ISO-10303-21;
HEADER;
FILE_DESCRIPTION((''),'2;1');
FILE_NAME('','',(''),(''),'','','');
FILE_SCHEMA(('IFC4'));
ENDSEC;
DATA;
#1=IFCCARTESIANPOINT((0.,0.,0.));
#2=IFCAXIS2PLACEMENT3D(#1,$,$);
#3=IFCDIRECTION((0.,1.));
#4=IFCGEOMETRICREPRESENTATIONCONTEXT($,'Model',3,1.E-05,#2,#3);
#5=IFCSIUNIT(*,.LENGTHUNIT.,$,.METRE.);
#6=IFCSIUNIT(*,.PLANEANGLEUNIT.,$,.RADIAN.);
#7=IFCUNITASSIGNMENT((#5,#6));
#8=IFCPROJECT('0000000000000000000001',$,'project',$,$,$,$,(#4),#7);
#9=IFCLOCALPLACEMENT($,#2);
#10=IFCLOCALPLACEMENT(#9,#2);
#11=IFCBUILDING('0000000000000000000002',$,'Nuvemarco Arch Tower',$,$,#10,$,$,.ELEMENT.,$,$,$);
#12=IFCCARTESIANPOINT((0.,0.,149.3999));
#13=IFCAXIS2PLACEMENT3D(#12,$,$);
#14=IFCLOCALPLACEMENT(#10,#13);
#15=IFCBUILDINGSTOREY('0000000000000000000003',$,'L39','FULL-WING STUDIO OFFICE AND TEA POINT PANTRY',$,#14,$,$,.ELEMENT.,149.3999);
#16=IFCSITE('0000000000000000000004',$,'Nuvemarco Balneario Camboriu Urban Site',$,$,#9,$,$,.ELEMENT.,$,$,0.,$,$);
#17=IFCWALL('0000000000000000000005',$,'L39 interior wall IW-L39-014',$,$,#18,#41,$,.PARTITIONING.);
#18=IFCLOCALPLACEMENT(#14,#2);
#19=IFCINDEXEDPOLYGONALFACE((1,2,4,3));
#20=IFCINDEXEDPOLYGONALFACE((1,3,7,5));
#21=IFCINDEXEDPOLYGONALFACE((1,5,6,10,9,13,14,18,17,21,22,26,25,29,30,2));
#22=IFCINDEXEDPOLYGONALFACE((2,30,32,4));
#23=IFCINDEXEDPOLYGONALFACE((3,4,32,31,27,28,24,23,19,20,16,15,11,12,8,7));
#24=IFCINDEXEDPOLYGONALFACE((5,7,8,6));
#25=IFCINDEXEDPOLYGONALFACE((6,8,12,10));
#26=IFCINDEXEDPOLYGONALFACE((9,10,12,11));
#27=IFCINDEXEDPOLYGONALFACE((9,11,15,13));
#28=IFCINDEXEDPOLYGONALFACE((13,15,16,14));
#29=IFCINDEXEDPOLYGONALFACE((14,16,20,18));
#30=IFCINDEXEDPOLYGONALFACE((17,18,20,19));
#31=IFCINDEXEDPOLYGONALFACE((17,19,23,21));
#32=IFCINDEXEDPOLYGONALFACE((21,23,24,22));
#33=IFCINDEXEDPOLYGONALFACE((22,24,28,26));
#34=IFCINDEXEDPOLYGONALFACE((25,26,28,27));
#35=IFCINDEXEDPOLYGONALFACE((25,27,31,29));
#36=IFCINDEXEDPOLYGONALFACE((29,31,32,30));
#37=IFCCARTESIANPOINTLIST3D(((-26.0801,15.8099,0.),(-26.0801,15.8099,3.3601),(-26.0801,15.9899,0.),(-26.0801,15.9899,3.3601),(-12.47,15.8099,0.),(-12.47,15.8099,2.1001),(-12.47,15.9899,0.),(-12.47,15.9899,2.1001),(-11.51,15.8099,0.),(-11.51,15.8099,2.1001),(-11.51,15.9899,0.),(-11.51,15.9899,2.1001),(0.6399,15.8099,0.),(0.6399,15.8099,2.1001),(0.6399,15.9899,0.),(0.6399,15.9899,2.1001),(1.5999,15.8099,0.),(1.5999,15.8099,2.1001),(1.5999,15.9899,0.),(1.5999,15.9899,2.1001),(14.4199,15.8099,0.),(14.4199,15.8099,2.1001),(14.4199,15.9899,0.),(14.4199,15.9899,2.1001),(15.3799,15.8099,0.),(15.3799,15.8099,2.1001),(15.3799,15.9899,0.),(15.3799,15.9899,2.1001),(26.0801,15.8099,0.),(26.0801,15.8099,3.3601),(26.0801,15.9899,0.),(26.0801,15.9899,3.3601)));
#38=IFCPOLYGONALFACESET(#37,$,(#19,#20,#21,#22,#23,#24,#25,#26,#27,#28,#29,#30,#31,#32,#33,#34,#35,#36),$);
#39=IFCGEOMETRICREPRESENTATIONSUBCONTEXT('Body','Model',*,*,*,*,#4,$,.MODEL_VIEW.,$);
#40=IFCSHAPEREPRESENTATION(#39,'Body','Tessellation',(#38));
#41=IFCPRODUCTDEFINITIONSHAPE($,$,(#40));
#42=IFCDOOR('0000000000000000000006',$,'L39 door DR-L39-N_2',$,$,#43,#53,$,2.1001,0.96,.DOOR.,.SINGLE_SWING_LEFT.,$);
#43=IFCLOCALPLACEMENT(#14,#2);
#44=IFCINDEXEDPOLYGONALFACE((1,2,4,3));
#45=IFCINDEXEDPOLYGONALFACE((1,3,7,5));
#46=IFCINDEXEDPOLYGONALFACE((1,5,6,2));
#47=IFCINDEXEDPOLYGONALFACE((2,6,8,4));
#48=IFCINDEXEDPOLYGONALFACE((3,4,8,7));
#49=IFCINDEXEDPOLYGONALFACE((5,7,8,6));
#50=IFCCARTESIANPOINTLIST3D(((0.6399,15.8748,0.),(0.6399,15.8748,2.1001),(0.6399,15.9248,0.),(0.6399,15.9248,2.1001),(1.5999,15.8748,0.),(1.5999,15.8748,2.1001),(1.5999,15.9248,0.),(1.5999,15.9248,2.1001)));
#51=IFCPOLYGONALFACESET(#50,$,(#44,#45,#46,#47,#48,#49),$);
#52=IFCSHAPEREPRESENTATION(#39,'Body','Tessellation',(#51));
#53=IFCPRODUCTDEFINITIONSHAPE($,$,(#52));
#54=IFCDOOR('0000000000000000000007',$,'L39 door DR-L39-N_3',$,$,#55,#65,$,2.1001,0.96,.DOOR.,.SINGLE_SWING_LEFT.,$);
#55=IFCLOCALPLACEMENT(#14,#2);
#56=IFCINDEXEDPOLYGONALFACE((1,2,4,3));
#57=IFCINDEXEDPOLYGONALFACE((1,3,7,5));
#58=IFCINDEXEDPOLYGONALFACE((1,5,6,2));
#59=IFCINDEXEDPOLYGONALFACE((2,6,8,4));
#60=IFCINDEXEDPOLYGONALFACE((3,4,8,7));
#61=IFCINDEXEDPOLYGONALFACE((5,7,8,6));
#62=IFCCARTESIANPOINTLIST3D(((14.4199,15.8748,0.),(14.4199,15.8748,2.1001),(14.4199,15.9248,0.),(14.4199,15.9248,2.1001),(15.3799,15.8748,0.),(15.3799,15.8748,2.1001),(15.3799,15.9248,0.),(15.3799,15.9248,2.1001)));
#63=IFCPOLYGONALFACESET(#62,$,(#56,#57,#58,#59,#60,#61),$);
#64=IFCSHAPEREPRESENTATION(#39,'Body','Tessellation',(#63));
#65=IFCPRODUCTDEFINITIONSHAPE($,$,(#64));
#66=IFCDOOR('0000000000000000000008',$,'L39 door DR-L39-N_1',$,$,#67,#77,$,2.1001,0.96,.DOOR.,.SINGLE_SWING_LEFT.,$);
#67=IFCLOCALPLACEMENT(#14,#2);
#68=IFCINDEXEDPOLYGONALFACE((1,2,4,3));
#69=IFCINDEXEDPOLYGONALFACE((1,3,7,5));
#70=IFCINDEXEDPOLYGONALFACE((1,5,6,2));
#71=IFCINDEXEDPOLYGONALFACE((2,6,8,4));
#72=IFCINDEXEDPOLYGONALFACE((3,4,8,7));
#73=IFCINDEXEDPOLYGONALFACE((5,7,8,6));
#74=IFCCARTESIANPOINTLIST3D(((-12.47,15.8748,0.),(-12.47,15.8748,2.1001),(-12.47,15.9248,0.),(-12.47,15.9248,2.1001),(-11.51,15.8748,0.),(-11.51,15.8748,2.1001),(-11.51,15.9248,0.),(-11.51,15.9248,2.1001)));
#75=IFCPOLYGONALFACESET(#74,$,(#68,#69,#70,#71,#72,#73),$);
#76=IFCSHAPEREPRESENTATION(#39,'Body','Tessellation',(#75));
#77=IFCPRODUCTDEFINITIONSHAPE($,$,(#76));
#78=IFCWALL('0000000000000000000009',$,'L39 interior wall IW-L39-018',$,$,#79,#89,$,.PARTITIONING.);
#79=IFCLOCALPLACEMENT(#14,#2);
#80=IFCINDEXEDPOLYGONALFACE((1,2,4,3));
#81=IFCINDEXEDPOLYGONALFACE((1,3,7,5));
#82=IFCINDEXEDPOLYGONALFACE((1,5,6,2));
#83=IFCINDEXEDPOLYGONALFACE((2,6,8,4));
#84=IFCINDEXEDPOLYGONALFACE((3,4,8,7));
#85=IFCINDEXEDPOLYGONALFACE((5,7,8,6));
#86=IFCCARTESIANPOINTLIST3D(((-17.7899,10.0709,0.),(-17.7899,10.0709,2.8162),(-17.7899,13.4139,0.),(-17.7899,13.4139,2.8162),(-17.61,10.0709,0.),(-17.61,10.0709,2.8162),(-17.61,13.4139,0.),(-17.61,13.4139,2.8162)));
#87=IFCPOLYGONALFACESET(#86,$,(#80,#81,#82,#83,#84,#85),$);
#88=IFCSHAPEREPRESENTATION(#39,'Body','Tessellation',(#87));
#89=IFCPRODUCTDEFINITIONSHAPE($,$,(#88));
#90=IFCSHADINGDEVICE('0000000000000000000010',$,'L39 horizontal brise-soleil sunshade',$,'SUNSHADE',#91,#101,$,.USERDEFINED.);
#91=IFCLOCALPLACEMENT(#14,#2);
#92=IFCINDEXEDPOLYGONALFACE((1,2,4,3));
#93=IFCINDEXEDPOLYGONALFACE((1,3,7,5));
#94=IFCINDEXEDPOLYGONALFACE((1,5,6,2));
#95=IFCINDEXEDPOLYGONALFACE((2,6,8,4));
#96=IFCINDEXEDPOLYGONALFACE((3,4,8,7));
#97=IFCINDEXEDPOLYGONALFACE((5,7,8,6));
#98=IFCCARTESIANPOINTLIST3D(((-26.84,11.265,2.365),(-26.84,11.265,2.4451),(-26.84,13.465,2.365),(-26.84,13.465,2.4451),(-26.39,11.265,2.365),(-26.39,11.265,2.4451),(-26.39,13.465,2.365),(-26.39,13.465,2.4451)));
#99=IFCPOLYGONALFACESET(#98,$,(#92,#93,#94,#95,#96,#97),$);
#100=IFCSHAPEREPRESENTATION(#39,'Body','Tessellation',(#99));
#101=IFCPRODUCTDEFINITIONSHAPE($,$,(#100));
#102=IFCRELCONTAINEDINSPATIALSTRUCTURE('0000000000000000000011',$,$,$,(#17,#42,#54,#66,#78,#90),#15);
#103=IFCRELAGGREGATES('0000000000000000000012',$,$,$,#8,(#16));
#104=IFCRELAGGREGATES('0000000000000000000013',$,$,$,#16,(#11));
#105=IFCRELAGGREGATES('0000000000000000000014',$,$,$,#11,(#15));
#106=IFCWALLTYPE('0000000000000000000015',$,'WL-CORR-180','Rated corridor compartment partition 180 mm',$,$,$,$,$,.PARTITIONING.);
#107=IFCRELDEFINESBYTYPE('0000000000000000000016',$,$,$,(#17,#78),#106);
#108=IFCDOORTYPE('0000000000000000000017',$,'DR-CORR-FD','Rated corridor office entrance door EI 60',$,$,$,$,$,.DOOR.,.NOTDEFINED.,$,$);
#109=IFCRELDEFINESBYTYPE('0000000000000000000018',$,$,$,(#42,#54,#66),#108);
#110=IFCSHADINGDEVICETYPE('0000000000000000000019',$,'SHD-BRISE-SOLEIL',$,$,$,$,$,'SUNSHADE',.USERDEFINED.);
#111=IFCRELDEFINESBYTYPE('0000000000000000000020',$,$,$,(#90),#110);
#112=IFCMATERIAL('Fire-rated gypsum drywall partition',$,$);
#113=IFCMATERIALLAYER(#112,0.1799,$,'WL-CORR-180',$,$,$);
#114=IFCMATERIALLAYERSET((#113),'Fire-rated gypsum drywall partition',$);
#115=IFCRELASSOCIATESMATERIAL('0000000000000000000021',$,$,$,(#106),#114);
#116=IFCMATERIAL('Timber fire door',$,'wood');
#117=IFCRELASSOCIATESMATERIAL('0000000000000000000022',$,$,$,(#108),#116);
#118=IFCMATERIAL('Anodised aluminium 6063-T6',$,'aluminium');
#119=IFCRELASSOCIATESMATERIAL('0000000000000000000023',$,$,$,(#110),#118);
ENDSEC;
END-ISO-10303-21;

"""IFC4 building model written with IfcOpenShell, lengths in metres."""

from ifc_helpers import new_model, si_unit, direction, frame, frame_2d, origin, origin_2d, place, context, subcontext, project, spatial, rectangle, extrude, source, transform, mapped, material, layer, layer_set, type_object, type_shapes, element, fill, save


model = new_model("IFC4")

# Units and contexts
model_context = context("Model", 3, precision=1e-05, world=origin(), true_north=direction((0.0, 1.0)))
body_context = subcontext(model_context, "Body", "Model", "MODEL_VIEW")
ifc_project = project(units=[si_unit("LENGTHUNIT", "METRE"), si_unit("PLANEANGLEUNIT", "RADIAN")], contexts=[model_context])

# Site, building, storey
site_placement = place(None, origin())
site = spatial("IfcSite", under=ifc_project, at=site_placement, Name="Nuvemarco Balneario Camboriu Urban Site", CompositionType="ELEMENT", RefElevation=0.0)
building_placement = place(site_placement, origin())
building = spatial("IfcBuilding", under=site, at=building_placement, Name="Nuvemarco Arch Tower", CompositionType="ELEMENT")
storey_placement = place(building_placement, frame((0.0, 0.0, 149.3999)))
storey = spatial("IfcBuildingStorey", under=building, at=storey_placement, Name="L39", Description="FULL-WING STUDIO OFFICE AND TEA POINT PANTRY", CompositionType="ELEMENT", Elevation=149.3999)

# Shared definitions
ifc_material_1 = material(Name="Fire-rated gypsum drywall partition")
ifc_layer = layer(ifc_material_1, 0.1799, Name="WL-CORR-180")
ifc_layer_set = layer_set([ifc_layer], Name="Fire-rated gypsum drywall partition")
wall_type = type_object("IfcWallType", Name="WL-CORR-180", Description="Rated corridor compartment partition 180 mm", PredefinedType="PARTITIONING", material=ifc_layer_set)
ifc_material_2 = material(Name="Timber fire door", Category="wood")
door_type = type_object("IfcDoorType", Name="DR-CORR-FD", Description="Rated corridor office entrance door EI 60", OperationType="NOTDEFINED", PredefinedType="DOOR", material=ifc_material_2)
shared_shape_1 = source(origin(), body_context, "Body", "SweptSolid", [
    extrude(rectangle(XDim=0.96, YDim=2.1001, at=frame_2d((0.48, 1.05))), frame((0.0, 0.0249, 0.0), z_axis=(0.0, -1.0, 0.0), x_axis=(1.0, 0.0, 0.0)), (0.0, 0.0, 1.0), 0.05),
])
type_shapes(door_type, [shared_shape_1])

# Wall, openings, doors
wall_1_placement = place(storey_placement, frame((-26.0801, 15.8999, 0.0), z_axis=(0.0, 0.0, 1.0), x_axis=(1.0, 0.0, 0.0)))
wall_1 = element("IfcWall", 1, at=wall_1_placement, inside=storey, type_object=wall_type, Name="L39 interior wall IW-L39-014", PredefinedType="PARTITIONING", context=body_context, shape_type="SweptSolid", body=[
    extrude(rectangle(XDim=52.1602, YDim=0.1799, at=frame_2d((26.0801, 0.0))), origin(), (0.0, 0.0, 1.0), 3.3601),
])
opening_1_placement = place(wall_1_placement, frame((26.72, 0.0, 0.0)))
opening_1 = element("IfcOpeningElement", 2, at=opening_1_placement, cuts=wall_1, PredefinedType="OPENING", context=body_context, shape_type="SweptSolid", body=[
    extrude(rectangle(XDim=0.96, YDim=2.1001, at=frame_2d((0.48, 1.05))), frame((0.0, 0.0999, 0.0), z_axis=(0.0, -1.0, 0.0), x_axis=(1.0, 0.0, 0.0)), (0.0, 0.0, 1.0), 0.2),
])
opening_2_placement = place(wall_1_placement, frame((40.5, 0.0, 0.0)))
opening_2 = element("IfcOpeningElement", 3, at=opening_2_placement, cuts=wall_1, PredefinedType="OPENING", context=body_context, shape_type="SweptSolid", body=[
    extrude(rectangle(XDim=0.96, YDim=2.1001, at=frame_2d((0.48, 1.05))), frame((0.0, 0.0999, 0.0), z_axis=(0.0, -1.0, 0.0), x_axis=(1.0, 0.0, 0.0)), (0.0, 0.0, 1.0), 0.2),
])
opening_3_placement = place(wall_1_placement, frame((13.6101, 0.0, 0.0)))
opening_3 = element("IfcOpeningElement", 4, at=opening_3_placement, cuts=wall_1, PredefinedType="OPENING", context=body_context, shape_type="SweptSolid", body=[
    extrude(rectangle(XDim=0.96, YDim=2.1001, at=frame_2d((0.48, 1.05))), frame((0.0, 0.0999, 0.0), z_axis=(0.0, -1.0, 0.0), x_axis=(1.0, 0.0, 0.0)), (0.0, 0.0, 1.0), 0.2),
])
door_1_placement = place(opening_1_placement, origin())
door_1 = element("IfcDoor", 5, at=door_1_placement, inside=storey, type_object=door_type, Name="L39 door DR-L39-N_2", OperationType="SINGLE_SWING_LEFT", OverallHeight=2.1001, OverallWidth=0.96, PredefinedType="DOOR", context=body_context, shape_type="MappedRepresentation", body=[
    mapped(shared_shape_1, transform((0.0, 0.0, 0.0), scale=1.0)),
])
fill(opening_1, door_1)
door_2_placement = place(opening_2_placement, origin())
door_2 = element("IfcDoor", 6, at=door_2_placement, inside=storey, type_object=door_type, Name="L39 door DR-L39-N_3", OperationType="SINGLE_SWING_LEFT", OverallHeight=2.1001, OverallWidth=0.96, PredefinedType="DOOR", context=body_context, shape_type="MappedRepresentation", body=[
    mapped(shared_shape_1, transform((0.0, 0.0, 0.0), scale=1.0)),
])
fill(opening_2, door_2)
door_3_placement = place(opening_3_placement, origin())
door_3 = element("IfcDoor", 7, at=door_3_placement, inside=storey, type_object=door_type, Name="L39 door DR-L39-N_1", OperationType="SINGLE_SWING_LEFT", OverallHeight=2.1001, OverallWidth=0.96, PredefinedType="DOOR", context=body_context, shape_type="MappedRepresentation", body=[
    mapped(shared_shape_1, transform((0.0, 0.0, 0.0), scale=1.0)),
])
fill(opening_3, door_3)

# Wall
wall_2_placement = place(storey_placement, frame((-17.7, 10.071, 0.0), z_axis=(0.0, 0.0, 1.0), x_axis=(0.0, 1.0, 0.0)))
element("IfcWall", 8, at=wall_2_placement, inside=storey, type_object=wall_type, Name="L39 interior wall IW-L39-018", PredefinedType="PARTITIONING", context=body_context, shape_type="SweptSolid", body=[
    extrude(rectangle(XDim=3.343, YDim=0.1799, at=frame_2d((1.6714, 0.0))), origin(), (0.0, 0.0, 1.0), 2.8162),
])

# Shading device
ifc_material_3 = material(Name="Anodised aluminium 6063-T6", Category="aluminium")
shading_device_type = type_object("IfcShadingDeviceType", Name="SHD-BRISE-SOLEIL", ElementType="SUNSHADE", PredefinedType="USERDEFINED", material=ifc_material_3)
shared_shape_2 = source(origin(), body_context, "Body", "SweptSolid", [
    extrude(rectangle(XDim=2.2, YDim=0.45, at=origin_2d()), origin(), (0.0, 0.0, 1.0), 0.0801),
])
type_shapes(shading_device_type, [shared_shape_2])
shading_device_placement = place(storey_placement, frame((-26.615, 12.365, 2.365), z_axis=(0.0, 0.0, 1.0), x_axis=(0.0, 1.0, 0.0)))
element("IfcShadingDevice", 9, at=shading_device_placement, inside=storey, type_object=shading_device_type, Name="L39 horizontal brise-soleil sunshade", ObjectType="SUNSHADE", PredefinedType="USERDEFINED", context=body_context, shape_type="MappedRepresentation", body=[
    mapped(shared_shape_2, transform((0.0, 0.0, 0.0), scale=1.0)),
])

save(model, "model.ifc")
